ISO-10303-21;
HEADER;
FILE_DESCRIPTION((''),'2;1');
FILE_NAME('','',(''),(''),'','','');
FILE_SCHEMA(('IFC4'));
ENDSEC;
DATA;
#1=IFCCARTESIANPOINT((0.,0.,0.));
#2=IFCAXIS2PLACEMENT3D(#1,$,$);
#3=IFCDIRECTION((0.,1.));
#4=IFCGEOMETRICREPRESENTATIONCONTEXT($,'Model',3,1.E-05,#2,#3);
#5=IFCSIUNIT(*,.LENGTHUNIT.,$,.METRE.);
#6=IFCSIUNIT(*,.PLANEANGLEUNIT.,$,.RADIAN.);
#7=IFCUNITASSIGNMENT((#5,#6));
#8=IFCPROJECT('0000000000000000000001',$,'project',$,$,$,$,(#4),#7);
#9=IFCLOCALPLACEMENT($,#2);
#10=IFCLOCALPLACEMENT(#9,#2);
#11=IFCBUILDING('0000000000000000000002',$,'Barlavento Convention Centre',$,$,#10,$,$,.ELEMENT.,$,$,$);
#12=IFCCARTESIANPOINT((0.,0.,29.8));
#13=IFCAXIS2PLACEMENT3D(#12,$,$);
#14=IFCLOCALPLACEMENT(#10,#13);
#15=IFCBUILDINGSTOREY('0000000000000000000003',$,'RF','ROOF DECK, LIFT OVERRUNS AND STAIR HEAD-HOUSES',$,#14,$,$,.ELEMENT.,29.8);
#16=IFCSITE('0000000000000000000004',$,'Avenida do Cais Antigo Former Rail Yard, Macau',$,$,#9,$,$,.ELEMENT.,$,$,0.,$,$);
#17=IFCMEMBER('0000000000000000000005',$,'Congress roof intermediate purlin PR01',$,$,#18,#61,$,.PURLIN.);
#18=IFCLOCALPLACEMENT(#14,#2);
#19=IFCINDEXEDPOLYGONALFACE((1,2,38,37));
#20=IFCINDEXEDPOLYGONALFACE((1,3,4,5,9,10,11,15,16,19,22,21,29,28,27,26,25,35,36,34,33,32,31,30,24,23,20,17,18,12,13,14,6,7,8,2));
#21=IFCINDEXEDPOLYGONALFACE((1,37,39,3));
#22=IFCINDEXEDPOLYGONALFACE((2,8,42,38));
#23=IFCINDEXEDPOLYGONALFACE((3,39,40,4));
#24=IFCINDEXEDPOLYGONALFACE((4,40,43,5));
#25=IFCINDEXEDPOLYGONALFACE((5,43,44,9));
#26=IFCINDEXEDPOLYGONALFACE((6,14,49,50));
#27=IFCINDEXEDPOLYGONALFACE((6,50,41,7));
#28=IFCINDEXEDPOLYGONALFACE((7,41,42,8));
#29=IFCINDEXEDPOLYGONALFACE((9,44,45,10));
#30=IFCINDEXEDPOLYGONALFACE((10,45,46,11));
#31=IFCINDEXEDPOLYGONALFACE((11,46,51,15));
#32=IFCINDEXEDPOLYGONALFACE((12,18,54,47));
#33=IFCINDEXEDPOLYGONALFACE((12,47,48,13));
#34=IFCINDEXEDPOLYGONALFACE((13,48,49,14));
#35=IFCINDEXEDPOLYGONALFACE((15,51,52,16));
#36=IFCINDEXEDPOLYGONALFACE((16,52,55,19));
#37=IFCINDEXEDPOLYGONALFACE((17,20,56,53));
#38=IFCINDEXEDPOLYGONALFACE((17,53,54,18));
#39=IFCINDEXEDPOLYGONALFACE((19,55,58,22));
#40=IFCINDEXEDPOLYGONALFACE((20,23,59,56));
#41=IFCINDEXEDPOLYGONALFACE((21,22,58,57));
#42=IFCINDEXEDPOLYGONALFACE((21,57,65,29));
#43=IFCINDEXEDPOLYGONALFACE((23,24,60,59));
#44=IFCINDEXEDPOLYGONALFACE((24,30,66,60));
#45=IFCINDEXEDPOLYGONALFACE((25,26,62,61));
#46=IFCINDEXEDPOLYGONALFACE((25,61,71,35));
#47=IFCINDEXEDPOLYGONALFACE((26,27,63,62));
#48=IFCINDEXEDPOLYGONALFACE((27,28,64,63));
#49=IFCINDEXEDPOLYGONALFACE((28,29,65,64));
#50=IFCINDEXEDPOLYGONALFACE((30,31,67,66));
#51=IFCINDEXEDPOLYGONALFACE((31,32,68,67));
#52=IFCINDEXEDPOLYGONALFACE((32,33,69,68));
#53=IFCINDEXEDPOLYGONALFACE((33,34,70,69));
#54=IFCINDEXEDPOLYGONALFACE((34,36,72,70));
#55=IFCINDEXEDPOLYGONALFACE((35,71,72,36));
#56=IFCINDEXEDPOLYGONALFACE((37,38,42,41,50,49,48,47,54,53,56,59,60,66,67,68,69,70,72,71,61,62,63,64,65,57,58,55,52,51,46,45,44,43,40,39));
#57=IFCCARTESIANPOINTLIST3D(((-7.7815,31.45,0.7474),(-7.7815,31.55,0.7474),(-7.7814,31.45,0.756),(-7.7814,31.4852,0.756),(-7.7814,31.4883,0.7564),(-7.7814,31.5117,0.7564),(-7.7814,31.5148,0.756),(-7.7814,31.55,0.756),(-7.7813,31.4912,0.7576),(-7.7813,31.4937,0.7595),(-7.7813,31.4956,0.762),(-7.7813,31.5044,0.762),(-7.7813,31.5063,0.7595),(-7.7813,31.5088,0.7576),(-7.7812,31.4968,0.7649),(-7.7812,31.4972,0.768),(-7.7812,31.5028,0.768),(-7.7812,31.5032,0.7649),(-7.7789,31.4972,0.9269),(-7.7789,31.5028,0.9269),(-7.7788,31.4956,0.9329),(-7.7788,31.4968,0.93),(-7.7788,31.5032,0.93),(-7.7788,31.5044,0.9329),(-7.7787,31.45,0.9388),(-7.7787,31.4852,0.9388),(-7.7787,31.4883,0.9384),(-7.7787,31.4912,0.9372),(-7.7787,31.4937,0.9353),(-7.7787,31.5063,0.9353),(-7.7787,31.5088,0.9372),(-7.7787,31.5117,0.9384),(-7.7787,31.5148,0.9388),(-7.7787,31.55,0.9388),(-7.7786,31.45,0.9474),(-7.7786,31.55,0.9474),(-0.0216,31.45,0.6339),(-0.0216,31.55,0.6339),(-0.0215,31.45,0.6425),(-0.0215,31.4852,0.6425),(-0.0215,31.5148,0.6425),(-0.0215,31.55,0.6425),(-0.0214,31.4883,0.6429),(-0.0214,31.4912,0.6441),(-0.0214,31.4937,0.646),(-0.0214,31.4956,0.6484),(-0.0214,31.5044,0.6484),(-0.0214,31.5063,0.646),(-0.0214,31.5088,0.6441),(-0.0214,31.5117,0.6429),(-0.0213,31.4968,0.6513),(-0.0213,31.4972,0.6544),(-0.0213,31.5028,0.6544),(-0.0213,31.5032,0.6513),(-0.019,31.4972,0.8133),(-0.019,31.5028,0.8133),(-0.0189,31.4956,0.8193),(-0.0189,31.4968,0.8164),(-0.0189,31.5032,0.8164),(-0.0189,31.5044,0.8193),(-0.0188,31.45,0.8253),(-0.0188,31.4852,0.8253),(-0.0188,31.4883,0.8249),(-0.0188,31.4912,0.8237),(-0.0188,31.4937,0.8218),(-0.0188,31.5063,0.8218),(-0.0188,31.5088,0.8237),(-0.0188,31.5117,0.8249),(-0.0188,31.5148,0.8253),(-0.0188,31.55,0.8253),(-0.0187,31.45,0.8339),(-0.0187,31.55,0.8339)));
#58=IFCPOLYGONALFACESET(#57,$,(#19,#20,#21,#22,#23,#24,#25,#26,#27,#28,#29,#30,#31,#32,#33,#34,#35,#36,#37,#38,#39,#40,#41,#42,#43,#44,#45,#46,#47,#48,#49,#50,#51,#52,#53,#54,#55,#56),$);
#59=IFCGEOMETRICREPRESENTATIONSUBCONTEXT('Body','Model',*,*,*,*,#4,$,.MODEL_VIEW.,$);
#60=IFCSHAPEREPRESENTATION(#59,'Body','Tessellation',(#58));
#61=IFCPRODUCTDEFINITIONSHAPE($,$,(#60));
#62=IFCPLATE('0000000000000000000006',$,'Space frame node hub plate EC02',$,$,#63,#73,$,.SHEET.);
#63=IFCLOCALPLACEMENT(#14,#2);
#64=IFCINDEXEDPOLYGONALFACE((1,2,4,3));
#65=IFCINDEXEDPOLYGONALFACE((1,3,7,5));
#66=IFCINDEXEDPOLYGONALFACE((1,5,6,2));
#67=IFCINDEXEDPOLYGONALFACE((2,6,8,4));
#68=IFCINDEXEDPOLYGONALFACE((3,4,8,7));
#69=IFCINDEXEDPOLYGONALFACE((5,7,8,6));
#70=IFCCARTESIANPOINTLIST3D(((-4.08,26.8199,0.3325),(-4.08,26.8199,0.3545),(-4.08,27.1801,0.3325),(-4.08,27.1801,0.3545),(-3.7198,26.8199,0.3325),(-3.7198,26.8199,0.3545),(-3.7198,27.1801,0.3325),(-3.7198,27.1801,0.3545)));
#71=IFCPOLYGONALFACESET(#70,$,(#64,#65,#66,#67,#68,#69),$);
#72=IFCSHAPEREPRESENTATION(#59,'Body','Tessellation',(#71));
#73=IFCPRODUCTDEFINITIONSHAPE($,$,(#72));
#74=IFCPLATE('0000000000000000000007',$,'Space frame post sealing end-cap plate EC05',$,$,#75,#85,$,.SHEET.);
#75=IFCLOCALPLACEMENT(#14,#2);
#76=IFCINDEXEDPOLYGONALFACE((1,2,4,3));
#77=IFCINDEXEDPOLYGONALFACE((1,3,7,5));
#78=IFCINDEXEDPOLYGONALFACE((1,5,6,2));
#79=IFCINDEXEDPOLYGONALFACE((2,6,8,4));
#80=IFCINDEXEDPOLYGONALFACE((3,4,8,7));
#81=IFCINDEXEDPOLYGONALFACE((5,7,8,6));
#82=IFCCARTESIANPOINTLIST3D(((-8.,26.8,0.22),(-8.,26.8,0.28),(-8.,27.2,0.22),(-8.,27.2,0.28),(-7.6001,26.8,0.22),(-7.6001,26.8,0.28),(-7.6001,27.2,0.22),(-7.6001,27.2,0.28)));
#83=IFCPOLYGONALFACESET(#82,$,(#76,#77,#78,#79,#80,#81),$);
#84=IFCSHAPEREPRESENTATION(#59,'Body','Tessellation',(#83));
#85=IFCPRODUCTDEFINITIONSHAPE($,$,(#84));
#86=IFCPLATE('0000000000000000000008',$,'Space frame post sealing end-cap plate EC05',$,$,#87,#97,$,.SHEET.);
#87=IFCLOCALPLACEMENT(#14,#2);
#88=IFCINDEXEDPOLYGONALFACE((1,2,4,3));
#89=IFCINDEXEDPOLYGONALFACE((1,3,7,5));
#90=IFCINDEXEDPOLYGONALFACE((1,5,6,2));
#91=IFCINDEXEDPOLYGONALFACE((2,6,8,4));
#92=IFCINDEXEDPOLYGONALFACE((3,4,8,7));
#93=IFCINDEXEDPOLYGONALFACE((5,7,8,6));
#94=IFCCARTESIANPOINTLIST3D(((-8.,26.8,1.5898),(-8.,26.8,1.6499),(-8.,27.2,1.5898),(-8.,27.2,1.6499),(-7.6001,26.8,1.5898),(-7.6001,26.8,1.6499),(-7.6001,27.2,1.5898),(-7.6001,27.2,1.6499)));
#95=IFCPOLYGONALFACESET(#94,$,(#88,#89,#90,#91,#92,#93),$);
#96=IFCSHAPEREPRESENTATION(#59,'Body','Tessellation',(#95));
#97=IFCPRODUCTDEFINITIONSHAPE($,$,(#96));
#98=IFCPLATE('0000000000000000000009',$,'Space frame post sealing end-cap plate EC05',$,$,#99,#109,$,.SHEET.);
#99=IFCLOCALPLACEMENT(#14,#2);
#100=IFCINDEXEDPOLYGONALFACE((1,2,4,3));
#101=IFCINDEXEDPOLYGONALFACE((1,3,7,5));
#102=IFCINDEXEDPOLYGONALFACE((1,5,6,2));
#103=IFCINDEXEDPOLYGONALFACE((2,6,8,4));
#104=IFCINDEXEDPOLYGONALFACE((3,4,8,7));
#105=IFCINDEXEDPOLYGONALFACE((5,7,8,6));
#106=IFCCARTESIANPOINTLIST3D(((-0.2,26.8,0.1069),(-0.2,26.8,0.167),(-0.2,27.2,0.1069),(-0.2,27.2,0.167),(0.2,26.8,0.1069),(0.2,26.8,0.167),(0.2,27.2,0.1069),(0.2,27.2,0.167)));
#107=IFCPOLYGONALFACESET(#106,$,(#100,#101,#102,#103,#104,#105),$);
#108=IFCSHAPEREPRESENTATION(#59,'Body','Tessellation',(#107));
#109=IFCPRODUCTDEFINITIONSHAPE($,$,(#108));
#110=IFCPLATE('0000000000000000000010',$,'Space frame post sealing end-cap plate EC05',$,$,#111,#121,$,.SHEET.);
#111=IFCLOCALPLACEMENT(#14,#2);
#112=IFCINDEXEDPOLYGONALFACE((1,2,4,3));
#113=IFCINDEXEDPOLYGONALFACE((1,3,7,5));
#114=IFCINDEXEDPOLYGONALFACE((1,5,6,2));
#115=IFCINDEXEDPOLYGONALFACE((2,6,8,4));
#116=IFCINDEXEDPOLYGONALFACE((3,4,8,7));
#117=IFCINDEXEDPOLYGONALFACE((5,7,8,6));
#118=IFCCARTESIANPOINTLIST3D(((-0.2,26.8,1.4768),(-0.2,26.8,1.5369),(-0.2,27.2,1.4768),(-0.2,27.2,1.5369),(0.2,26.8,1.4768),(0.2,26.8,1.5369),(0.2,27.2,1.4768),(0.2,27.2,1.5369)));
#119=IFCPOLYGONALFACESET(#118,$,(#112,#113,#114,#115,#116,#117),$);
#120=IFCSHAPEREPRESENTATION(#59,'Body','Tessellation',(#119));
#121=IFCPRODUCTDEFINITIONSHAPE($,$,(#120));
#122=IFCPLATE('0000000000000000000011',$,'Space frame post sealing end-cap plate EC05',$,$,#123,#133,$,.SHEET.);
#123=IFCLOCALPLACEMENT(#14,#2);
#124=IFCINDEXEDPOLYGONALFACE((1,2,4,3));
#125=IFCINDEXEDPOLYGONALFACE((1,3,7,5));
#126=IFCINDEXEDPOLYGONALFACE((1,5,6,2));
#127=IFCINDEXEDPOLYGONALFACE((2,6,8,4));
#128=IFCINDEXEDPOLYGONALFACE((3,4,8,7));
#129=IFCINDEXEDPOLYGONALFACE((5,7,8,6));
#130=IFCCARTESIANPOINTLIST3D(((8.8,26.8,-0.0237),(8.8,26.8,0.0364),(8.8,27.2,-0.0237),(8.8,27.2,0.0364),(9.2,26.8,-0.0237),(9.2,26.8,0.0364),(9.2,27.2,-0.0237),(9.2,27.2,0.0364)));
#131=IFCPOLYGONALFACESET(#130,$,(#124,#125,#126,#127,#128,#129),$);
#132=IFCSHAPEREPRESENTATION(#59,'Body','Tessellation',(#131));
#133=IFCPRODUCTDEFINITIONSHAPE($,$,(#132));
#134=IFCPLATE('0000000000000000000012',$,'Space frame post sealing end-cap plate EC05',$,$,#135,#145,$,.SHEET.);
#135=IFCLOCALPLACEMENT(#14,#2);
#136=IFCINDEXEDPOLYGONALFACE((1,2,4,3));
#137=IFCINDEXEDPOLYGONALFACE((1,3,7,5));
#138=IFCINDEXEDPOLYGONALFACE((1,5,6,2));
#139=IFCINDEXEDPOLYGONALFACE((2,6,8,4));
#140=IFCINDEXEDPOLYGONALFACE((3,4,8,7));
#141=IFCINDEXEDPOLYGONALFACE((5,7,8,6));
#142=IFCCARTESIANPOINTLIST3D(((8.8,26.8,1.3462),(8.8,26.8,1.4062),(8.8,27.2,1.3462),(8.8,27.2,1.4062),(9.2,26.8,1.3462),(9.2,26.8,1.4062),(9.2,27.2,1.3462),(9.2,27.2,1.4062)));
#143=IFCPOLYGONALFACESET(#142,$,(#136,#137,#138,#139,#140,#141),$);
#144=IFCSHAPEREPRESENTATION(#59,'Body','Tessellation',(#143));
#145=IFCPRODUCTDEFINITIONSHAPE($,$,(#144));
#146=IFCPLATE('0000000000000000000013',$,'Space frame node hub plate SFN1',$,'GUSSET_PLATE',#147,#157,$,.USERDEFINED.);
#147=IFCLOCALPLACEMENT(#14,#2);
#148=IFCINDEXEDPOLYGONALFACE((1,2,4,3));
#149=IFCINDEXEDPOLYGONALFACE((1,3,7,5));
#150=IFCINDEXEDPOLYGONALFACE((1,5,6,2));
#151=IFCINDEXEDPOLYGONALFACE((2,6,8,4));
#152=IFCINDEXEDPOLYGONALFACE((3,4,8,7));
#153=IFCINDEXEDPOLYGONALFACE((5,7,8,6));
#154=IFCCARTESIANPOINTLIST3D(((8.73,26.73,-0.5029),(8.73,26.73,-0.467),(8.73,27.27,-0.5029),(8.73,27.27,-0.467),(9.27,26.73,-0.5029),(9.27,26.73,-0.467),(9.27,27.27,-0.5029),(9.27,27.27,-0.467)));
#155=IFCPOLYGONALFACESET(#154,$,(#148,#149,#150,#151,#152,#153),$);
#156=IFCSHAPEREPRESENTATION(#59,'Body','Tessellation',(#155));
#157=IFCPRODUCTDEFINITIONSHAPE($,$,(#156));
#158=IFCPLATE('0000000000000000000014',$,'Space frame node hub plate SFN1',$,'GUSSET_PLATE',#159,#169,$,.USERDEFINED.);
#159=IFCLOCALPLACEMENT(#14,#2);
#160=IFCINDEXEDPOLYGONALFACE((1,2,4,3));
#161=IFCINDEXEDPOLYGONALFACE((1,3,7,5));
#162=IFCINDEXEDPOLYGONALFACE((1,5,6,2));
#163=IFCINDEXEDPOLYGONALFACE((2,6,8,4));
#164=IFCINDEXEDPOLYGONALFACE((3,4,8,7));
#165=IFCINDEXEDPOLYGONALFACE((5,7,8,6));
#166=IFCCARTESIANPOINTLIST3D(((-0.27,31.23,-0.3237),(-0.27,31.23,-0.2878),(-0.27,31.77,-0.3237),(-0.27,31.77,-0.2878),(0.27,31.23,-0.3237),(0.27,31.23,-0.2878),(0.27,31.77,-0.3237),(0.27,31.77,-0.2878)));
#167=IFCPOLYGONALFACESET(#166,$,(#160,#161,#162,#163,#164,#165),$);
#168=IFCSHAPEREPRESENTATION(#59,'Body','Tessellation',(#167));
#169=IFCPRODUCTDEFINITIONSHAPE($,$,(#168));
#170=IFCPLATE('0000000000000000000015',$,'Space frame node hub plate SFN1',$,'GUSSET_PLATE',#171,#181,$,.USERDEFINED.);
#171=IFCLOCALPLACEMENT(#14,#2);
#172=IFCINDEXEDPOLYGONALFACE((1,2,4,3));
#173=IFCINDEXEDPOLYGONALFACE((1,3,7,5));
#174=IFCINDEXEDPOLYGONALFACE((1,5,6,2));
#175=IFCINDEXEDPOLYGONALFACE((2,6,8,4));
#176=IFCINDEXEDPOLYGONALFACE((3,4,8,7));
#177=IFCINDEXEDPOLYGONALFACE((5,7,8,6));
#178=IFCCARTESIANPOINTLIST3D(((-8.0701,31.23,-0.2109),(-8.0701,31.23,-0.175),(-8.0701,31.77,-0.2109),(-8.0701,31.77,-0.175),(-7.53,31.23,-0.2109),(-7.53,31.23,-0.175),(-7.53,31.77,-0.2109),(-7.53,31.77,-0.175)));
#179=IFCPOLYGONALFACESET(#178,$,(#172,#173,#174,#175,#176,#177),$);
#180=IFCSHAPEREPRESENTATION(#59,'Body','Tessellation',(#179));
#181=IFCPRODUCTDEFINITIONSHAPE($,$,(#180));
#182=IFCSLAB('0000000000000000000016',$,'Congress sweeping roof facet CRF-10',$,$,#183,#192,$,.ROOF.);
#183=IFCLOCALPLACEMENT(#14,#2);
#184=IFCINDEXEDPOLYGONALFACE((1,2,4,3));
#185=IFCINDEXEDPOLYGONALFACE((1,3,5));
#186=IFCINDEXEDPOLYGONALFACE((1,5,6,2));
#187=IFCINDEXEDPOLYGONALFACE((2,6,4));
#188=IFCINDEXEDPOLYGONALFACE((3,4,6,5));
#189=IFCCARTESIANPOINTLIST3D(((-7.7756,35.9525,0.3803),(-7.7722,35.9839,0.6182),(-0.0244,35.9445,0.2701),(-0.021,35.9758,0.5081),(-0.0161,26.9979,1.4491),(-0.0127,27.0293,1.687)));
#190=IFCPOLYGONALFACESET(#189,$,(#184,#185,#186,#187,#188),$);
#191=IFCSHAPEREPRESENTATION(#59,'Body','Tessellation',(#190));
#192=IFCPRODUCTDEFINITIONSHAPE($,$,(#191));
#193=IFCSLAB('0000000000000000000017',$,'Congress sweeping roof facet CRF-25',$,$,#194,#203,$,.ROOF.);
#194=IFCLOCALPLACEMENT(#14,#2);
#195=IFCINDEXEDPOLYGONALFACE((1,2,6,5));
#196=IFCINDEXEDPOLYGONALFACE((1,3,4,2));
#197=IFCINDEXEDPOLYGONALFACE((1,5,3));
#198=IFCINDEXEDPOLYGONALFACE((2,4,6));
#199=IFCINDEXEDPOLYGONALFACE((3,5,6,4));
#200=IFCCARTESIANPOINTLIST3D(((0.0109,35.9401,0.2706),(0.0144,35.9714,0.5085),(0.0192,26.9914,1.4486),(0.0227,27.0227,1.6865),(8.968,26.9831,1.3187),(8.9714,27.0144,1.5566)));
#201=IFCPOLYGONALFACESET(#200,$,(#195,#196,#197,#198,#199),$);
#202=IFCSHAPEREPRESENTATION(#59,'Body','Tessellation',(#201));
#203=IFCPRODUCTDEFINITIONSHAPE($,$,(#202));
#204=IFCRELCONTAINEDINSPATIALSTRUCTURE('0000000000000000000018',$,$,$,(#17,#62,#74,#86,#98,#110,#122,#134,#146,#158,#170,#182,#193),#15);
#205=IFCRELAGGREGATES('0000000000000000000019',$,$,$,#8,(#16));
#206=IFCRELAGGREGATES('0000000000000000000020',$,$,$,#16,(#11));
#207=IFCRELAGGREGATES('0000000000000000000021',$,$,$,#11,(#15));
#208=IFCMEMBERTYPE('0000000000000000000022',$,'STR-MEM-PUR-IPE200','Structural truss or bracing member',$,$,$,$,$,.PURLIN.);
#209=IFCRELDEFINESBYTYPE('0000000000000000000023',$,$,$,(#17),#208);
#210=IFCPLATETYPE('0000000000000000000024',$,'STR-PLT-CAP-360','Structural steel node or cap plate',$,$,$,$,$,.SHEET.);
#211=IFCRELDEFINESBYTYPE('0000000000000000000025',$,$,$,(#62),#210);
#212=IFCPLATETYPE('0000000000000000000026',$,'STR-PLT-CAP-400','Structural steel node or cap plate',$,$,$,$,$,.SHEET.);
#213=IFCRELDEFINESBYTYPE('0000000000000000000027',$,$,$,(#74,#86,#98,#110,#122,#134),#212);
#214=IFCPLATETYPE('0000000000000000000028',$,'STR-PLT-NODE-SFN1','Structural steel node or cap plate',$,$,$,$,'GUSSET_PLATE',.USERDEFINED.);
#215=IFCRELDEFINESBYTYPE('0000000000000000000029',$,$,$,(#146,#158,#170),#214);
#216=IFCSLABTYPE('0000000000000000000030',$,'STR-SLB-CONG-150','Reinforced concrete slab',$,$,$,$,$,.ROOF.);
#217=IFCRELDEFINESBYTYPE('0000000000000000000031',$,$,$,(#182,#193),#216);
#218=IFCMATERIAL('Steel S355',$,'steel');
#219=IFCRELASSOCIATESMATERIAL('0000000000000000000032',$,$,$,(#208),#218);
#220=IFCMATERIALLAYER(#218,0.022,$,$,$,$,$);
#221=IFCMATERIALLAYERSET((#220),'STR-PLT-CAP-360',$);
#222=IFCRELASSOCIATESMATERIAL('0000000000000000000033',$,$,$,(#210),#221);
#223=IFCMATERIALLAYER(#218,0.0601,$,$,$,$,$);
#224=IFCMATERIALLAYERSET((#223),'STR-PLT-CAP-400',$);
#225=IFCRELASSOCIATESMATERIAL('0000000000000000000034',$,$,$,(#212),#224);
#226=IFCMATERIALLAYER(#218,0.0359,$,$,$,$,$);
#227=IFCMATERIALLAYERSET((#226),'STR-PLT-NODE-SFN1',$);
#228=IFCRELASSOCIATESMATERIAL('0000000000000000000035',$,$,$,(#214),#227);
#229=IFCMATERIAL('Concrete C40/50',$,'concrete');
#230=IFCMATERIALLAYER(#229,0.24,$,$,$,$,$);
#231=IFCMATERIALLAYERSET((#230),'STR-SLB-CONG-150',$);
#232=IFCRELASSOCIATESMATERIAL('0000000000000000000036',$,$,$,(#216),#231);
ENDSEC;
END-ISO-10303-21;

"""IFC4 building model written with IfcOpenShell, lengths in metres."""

from ifc_helpers import new_model, si_unit, direction, frame, origin, origin_2d, place, context, subcontext, project, spatial, polyline, rectangle, i_section, outline, extrude, material, layer, layer_set, material_profile, profile_set, type_object, element, save


model = new_model("IFC4")

# Units and contexts
model_context = context("Model", 3, precision=1e-05, world=origin(), true_north=direction((0.0, 1.0)))
body_context = subcontext(model_context, "Body", "Model", "MODEL_VIEW")
ifc_project = project(units=[si_unit("LENGTHUNIT", "METRE"), si_unit("PLANEANGLEUNIT", "RADIAN")], contexts=[model_context])

# Site, building, storey
site_placement = place(None, origin())
site = spatial("IfcSite", under=ifc_project, at=site_placement, Name="Avenida do Cais Antigo Former Rail Yard, Macau", CompositionType="ELEMENT", RefElevation=0.0)
building_placement = place(site_placement, origin())
building = spatial("IfcBuilding", under=site, at=building_placement, Name="Barlavento Convention Centre", CompositionType="ELEMENT")
storey_placement = place(building_placement, frame((0.0, 0.0, 29.8)))
storey = spatial("IfcBuildingStorey", under=building, at=storey_placement, Name="RF", Description="ROOF DECK, LIFT OVERRUNS AND STAIR HEAD-HOUSES", CompositionType="ELEMENT", Elevation=29.8)

# Shared definitions
ifc_material_1 = material(Name="Steel S355", Category="steel")

# Member
ifc_material_profile_1 = material_profile(ifc_material_1, i_section(OverallWidth=0.1001, OverallDepth=0.2, WebThickness=0.0056, FlangeThickness=0.0085, FilletRadius=0.012, at=origin_2d()), Name="IPE 200")
ifc_profile_set_1 = profile_set([ifc_material_profile_1], Name="Steel S355")
member_type_1 = type_object("IfcMemberType", Name="STR-MEM-PUR-IPE200", Description="Structural truss or bracing member", PredefinedType="PURLIN", material=ifc_profile_set_1)
member_1_placement = place(storey_placement, frame((-7.78, 31.5, 0.8474), z_axis=(0.999893, 0.0, -0.014628), x_axis=(0.0, 1.0, 0.0)))
element("IfcMember", 1, at=member_1_placement, inside=storey, type_object=member_type_1, Name="Congress roof intermediate purlin PR01", PredefinedType="PURLIN", context=body_context, shape_type="SweptSolid", body=[
    extrude(i_section(OverallWidth=0.1001, OverallDepth=0.2, WebThickness=0.0056, FlangeThickness=0.0085, FilletRadius=0.012, at=origin_2d()), origin(), (0.0, 0.0, 1.0), 7.7607),
])

# Plates
ifc_layer_1 = layer(ifc_material_1, 0.022)
ifc_layer_set_1 = layer_set([ifc_layer_1], Name="STR-PLT-CAP-360")
plate_type_1 = type_object("IfcPlateType", Name="STR-PLT-CAP-360", Description="Structural steel node or cap plate", PredefinedType="SHEET", material=ifc_layer_set_1)
plate_placement = place(storey_placement, frame((-3.8999, 27.0, 0.3325), z_axis=(0.0, 0.0, 1.0), x_axis=(1.0, 0.0, 0.0)))
element("IfcPlate", 2, at=plate_placement, inside=storey, type_object=plate_type_1, Name="Space frame node hub plate EC02", PredefinedType="SHEET", context=body_context, shape_type="SweptSolid", body=[
    extrude(rectangle(XDim=0.3601, YDim=0.3601, at=origin_2d()), origin(), (0.0, 0.0, 1.0), 0.022),
])
ifc_layer_2 = layer(ifc_material_1, 0.0601)
ifc_layer_set_2 = layer_set([ifc_layer_2], Name="STR-PLT-CAP-400")
plate_type_2 = type_object("IfcPlateType", Name="STR-PLT-CAP-400", Description="Structural steel node or cap plate", PredefinedType="SHEET", material=ifc_layer_set_2)
for number, where, z_axis, x_axis, name in (
    (3, (-7.8, 27.0, 0.22), (0.0, 0.0, 1.0), (1.0, 0.0, 0.0), "Space frame post sealing end-cap plate EC05"),
    (4, (-7.8, 27.0, 1.5898), (0.0, 0.0, 1.0), (1.0, 0.0, 0.0), "Space frame post sealing end-cap plate EC05"),
    (5, (0.0, 27.0, 0.1069), (0.0, 0.0, 1.0), (1.0, 0.0, 0.0), "Space frame post sealing end-cap plate EC05"),
    (6, (0.0, 27.0, 1.4768), (0.0, 0.0, 1.0), (1.0, 0.0, 0.0), "Space frame post sealing end-cap plate EC05"),
    (7, (9.0, 27.0, -0.0237), (0.0, 0.0, 1.0), (1.0, 0.0, 0.0), "Space frame post sealing end-cap plate EC05"),
    (8, (9.0, 27.0, 1.3462), (0.0, 0.0, 1.0), (1.0, 0.0, 0.0), "Space frame post sealing end-cap plate EC05"),
):
    element("IfcPlate", number, at=place(storey_placement, frame(where, z_axis=z_axis, x_axis=x_axis)), inside=storey, type_object=plate_type_2, Name=name, PredefinedType="SHEET", context=body_context, shape_type="SweptSolid", body=[
        extrude(rectangle(XDim=0.3999, YDim=0.3999, at=origin_2d()), origin(), (0.0, 0.0, 1.0), 0.0601),
    ])
ifc_layer_3 = layer(ifc_material_1, 0.0359)
ifc_layer_set_3 = layer_set([ifc_layer_3], Name="STR-PLT-NODE-SFN1")
plate_type_3 = type_object("IfcPlateType", Name="STR-PLT-NODE-SFN1", Description="Structural steel node or cap plate", ElementType="GUSSET_PLATE", PredefinedType="USERDEFINED", material=ifc_layer_set_3)
for number, where, z_axis, x_axis, name in (
    (9, (9.0, 27.0, -0.5029), (0.0, 0.0, 1.0), (1.0, 0.0, 0.0), "Space frame node hub plate SFN1"),
    (10, (0.0, 31.5, -0.3237), (0.0, 0.0, 1.0), (1.0, 0.0, 0.0), "Space frame node hub plate SFN1"),
    (11, (-7.8, 31.5, -0.2109), (0.0, 0.0, 1.0), (1.0, 0.0, 0.0), "Space frame node hub plate SFN1"),
):
    element("IfcPlate", number, at=place(storey_placement, frame(where, z_axis=z_axis, x_axis=x_axis)), inside=storey, type_object=plate_type_3, Name=name, ObjectType="GUSSET_PLATE", PredefinedType="USERDEFINED", context=body_context, shape_type="SweptSolid", body=[
        extrude(rectangle(XDim=0.54, YDim=0.54, at=origin_2d()), origin(), (0.0, 0.0, 1.0), 0.0359),
    ])

# Slabs
ifc_material_2 = material(Name="Concrete C40/50", Category="concrete")
ifc_layer_4 = layer(ifc_material_2, 0.24)
ifc_layer_set_4 = layer_set([ifc_layer_4], Name="STR-SLB-CONG-150")
slab_type_1 = type_object("IfcSlabType", Name="STR-SLB-CONG-150", Description="Reinforced concrete slab", PredefinedType="ROOF", material=ifc_layer_set_4)
slab_1_placement = place(storey_placement, frame((-0.0127, 27.0293, 1.687), z_axis=(0.014218, 0.130648, 0.991327), x_axis=(-0.00092, 0.991428, -0.130648)))
element("IfcSlab", 12, at=slab_1_placement, inside=storey, type_object=slab_type_1, Name="Congress sweeping roof facet CRF-10", PredefinedType="ROOF", context=body_context, shape_type="SweptSolid", body=[
    extrude(outline(polyline([(0.0, 0.0), (9.0239, 0.0), (9.0246, 7.752), (0.0, 0.0)])), origin(), (0.0, 0.0, -1.0), 0.24),
])
slab_2_placement = place(storey_placement, frame((0.0227, 27.0227, 1.6865), z_axis=(0.014509, 0.13051, 0.991341), x_axis=(0.999894, -0.000927, -0.014513)))
element("IfcSlab", 13, at=slab_2_placement, inside=storey, type_object=slab_type_1, Name="Congress sweeping roof facet CRF-25", PredefinedType="ROOF", context=body_context, shape_type="SweptSolid", body=[
    extrude(outline(polyline([(0.0, 0.0), (8.9497, 0.0), (0.0005, 9.0259), (0.0, 0.0)])), origin(), (0.0, 0.0, -1.0), 0.24),
])

save(model, "model.ifc")
